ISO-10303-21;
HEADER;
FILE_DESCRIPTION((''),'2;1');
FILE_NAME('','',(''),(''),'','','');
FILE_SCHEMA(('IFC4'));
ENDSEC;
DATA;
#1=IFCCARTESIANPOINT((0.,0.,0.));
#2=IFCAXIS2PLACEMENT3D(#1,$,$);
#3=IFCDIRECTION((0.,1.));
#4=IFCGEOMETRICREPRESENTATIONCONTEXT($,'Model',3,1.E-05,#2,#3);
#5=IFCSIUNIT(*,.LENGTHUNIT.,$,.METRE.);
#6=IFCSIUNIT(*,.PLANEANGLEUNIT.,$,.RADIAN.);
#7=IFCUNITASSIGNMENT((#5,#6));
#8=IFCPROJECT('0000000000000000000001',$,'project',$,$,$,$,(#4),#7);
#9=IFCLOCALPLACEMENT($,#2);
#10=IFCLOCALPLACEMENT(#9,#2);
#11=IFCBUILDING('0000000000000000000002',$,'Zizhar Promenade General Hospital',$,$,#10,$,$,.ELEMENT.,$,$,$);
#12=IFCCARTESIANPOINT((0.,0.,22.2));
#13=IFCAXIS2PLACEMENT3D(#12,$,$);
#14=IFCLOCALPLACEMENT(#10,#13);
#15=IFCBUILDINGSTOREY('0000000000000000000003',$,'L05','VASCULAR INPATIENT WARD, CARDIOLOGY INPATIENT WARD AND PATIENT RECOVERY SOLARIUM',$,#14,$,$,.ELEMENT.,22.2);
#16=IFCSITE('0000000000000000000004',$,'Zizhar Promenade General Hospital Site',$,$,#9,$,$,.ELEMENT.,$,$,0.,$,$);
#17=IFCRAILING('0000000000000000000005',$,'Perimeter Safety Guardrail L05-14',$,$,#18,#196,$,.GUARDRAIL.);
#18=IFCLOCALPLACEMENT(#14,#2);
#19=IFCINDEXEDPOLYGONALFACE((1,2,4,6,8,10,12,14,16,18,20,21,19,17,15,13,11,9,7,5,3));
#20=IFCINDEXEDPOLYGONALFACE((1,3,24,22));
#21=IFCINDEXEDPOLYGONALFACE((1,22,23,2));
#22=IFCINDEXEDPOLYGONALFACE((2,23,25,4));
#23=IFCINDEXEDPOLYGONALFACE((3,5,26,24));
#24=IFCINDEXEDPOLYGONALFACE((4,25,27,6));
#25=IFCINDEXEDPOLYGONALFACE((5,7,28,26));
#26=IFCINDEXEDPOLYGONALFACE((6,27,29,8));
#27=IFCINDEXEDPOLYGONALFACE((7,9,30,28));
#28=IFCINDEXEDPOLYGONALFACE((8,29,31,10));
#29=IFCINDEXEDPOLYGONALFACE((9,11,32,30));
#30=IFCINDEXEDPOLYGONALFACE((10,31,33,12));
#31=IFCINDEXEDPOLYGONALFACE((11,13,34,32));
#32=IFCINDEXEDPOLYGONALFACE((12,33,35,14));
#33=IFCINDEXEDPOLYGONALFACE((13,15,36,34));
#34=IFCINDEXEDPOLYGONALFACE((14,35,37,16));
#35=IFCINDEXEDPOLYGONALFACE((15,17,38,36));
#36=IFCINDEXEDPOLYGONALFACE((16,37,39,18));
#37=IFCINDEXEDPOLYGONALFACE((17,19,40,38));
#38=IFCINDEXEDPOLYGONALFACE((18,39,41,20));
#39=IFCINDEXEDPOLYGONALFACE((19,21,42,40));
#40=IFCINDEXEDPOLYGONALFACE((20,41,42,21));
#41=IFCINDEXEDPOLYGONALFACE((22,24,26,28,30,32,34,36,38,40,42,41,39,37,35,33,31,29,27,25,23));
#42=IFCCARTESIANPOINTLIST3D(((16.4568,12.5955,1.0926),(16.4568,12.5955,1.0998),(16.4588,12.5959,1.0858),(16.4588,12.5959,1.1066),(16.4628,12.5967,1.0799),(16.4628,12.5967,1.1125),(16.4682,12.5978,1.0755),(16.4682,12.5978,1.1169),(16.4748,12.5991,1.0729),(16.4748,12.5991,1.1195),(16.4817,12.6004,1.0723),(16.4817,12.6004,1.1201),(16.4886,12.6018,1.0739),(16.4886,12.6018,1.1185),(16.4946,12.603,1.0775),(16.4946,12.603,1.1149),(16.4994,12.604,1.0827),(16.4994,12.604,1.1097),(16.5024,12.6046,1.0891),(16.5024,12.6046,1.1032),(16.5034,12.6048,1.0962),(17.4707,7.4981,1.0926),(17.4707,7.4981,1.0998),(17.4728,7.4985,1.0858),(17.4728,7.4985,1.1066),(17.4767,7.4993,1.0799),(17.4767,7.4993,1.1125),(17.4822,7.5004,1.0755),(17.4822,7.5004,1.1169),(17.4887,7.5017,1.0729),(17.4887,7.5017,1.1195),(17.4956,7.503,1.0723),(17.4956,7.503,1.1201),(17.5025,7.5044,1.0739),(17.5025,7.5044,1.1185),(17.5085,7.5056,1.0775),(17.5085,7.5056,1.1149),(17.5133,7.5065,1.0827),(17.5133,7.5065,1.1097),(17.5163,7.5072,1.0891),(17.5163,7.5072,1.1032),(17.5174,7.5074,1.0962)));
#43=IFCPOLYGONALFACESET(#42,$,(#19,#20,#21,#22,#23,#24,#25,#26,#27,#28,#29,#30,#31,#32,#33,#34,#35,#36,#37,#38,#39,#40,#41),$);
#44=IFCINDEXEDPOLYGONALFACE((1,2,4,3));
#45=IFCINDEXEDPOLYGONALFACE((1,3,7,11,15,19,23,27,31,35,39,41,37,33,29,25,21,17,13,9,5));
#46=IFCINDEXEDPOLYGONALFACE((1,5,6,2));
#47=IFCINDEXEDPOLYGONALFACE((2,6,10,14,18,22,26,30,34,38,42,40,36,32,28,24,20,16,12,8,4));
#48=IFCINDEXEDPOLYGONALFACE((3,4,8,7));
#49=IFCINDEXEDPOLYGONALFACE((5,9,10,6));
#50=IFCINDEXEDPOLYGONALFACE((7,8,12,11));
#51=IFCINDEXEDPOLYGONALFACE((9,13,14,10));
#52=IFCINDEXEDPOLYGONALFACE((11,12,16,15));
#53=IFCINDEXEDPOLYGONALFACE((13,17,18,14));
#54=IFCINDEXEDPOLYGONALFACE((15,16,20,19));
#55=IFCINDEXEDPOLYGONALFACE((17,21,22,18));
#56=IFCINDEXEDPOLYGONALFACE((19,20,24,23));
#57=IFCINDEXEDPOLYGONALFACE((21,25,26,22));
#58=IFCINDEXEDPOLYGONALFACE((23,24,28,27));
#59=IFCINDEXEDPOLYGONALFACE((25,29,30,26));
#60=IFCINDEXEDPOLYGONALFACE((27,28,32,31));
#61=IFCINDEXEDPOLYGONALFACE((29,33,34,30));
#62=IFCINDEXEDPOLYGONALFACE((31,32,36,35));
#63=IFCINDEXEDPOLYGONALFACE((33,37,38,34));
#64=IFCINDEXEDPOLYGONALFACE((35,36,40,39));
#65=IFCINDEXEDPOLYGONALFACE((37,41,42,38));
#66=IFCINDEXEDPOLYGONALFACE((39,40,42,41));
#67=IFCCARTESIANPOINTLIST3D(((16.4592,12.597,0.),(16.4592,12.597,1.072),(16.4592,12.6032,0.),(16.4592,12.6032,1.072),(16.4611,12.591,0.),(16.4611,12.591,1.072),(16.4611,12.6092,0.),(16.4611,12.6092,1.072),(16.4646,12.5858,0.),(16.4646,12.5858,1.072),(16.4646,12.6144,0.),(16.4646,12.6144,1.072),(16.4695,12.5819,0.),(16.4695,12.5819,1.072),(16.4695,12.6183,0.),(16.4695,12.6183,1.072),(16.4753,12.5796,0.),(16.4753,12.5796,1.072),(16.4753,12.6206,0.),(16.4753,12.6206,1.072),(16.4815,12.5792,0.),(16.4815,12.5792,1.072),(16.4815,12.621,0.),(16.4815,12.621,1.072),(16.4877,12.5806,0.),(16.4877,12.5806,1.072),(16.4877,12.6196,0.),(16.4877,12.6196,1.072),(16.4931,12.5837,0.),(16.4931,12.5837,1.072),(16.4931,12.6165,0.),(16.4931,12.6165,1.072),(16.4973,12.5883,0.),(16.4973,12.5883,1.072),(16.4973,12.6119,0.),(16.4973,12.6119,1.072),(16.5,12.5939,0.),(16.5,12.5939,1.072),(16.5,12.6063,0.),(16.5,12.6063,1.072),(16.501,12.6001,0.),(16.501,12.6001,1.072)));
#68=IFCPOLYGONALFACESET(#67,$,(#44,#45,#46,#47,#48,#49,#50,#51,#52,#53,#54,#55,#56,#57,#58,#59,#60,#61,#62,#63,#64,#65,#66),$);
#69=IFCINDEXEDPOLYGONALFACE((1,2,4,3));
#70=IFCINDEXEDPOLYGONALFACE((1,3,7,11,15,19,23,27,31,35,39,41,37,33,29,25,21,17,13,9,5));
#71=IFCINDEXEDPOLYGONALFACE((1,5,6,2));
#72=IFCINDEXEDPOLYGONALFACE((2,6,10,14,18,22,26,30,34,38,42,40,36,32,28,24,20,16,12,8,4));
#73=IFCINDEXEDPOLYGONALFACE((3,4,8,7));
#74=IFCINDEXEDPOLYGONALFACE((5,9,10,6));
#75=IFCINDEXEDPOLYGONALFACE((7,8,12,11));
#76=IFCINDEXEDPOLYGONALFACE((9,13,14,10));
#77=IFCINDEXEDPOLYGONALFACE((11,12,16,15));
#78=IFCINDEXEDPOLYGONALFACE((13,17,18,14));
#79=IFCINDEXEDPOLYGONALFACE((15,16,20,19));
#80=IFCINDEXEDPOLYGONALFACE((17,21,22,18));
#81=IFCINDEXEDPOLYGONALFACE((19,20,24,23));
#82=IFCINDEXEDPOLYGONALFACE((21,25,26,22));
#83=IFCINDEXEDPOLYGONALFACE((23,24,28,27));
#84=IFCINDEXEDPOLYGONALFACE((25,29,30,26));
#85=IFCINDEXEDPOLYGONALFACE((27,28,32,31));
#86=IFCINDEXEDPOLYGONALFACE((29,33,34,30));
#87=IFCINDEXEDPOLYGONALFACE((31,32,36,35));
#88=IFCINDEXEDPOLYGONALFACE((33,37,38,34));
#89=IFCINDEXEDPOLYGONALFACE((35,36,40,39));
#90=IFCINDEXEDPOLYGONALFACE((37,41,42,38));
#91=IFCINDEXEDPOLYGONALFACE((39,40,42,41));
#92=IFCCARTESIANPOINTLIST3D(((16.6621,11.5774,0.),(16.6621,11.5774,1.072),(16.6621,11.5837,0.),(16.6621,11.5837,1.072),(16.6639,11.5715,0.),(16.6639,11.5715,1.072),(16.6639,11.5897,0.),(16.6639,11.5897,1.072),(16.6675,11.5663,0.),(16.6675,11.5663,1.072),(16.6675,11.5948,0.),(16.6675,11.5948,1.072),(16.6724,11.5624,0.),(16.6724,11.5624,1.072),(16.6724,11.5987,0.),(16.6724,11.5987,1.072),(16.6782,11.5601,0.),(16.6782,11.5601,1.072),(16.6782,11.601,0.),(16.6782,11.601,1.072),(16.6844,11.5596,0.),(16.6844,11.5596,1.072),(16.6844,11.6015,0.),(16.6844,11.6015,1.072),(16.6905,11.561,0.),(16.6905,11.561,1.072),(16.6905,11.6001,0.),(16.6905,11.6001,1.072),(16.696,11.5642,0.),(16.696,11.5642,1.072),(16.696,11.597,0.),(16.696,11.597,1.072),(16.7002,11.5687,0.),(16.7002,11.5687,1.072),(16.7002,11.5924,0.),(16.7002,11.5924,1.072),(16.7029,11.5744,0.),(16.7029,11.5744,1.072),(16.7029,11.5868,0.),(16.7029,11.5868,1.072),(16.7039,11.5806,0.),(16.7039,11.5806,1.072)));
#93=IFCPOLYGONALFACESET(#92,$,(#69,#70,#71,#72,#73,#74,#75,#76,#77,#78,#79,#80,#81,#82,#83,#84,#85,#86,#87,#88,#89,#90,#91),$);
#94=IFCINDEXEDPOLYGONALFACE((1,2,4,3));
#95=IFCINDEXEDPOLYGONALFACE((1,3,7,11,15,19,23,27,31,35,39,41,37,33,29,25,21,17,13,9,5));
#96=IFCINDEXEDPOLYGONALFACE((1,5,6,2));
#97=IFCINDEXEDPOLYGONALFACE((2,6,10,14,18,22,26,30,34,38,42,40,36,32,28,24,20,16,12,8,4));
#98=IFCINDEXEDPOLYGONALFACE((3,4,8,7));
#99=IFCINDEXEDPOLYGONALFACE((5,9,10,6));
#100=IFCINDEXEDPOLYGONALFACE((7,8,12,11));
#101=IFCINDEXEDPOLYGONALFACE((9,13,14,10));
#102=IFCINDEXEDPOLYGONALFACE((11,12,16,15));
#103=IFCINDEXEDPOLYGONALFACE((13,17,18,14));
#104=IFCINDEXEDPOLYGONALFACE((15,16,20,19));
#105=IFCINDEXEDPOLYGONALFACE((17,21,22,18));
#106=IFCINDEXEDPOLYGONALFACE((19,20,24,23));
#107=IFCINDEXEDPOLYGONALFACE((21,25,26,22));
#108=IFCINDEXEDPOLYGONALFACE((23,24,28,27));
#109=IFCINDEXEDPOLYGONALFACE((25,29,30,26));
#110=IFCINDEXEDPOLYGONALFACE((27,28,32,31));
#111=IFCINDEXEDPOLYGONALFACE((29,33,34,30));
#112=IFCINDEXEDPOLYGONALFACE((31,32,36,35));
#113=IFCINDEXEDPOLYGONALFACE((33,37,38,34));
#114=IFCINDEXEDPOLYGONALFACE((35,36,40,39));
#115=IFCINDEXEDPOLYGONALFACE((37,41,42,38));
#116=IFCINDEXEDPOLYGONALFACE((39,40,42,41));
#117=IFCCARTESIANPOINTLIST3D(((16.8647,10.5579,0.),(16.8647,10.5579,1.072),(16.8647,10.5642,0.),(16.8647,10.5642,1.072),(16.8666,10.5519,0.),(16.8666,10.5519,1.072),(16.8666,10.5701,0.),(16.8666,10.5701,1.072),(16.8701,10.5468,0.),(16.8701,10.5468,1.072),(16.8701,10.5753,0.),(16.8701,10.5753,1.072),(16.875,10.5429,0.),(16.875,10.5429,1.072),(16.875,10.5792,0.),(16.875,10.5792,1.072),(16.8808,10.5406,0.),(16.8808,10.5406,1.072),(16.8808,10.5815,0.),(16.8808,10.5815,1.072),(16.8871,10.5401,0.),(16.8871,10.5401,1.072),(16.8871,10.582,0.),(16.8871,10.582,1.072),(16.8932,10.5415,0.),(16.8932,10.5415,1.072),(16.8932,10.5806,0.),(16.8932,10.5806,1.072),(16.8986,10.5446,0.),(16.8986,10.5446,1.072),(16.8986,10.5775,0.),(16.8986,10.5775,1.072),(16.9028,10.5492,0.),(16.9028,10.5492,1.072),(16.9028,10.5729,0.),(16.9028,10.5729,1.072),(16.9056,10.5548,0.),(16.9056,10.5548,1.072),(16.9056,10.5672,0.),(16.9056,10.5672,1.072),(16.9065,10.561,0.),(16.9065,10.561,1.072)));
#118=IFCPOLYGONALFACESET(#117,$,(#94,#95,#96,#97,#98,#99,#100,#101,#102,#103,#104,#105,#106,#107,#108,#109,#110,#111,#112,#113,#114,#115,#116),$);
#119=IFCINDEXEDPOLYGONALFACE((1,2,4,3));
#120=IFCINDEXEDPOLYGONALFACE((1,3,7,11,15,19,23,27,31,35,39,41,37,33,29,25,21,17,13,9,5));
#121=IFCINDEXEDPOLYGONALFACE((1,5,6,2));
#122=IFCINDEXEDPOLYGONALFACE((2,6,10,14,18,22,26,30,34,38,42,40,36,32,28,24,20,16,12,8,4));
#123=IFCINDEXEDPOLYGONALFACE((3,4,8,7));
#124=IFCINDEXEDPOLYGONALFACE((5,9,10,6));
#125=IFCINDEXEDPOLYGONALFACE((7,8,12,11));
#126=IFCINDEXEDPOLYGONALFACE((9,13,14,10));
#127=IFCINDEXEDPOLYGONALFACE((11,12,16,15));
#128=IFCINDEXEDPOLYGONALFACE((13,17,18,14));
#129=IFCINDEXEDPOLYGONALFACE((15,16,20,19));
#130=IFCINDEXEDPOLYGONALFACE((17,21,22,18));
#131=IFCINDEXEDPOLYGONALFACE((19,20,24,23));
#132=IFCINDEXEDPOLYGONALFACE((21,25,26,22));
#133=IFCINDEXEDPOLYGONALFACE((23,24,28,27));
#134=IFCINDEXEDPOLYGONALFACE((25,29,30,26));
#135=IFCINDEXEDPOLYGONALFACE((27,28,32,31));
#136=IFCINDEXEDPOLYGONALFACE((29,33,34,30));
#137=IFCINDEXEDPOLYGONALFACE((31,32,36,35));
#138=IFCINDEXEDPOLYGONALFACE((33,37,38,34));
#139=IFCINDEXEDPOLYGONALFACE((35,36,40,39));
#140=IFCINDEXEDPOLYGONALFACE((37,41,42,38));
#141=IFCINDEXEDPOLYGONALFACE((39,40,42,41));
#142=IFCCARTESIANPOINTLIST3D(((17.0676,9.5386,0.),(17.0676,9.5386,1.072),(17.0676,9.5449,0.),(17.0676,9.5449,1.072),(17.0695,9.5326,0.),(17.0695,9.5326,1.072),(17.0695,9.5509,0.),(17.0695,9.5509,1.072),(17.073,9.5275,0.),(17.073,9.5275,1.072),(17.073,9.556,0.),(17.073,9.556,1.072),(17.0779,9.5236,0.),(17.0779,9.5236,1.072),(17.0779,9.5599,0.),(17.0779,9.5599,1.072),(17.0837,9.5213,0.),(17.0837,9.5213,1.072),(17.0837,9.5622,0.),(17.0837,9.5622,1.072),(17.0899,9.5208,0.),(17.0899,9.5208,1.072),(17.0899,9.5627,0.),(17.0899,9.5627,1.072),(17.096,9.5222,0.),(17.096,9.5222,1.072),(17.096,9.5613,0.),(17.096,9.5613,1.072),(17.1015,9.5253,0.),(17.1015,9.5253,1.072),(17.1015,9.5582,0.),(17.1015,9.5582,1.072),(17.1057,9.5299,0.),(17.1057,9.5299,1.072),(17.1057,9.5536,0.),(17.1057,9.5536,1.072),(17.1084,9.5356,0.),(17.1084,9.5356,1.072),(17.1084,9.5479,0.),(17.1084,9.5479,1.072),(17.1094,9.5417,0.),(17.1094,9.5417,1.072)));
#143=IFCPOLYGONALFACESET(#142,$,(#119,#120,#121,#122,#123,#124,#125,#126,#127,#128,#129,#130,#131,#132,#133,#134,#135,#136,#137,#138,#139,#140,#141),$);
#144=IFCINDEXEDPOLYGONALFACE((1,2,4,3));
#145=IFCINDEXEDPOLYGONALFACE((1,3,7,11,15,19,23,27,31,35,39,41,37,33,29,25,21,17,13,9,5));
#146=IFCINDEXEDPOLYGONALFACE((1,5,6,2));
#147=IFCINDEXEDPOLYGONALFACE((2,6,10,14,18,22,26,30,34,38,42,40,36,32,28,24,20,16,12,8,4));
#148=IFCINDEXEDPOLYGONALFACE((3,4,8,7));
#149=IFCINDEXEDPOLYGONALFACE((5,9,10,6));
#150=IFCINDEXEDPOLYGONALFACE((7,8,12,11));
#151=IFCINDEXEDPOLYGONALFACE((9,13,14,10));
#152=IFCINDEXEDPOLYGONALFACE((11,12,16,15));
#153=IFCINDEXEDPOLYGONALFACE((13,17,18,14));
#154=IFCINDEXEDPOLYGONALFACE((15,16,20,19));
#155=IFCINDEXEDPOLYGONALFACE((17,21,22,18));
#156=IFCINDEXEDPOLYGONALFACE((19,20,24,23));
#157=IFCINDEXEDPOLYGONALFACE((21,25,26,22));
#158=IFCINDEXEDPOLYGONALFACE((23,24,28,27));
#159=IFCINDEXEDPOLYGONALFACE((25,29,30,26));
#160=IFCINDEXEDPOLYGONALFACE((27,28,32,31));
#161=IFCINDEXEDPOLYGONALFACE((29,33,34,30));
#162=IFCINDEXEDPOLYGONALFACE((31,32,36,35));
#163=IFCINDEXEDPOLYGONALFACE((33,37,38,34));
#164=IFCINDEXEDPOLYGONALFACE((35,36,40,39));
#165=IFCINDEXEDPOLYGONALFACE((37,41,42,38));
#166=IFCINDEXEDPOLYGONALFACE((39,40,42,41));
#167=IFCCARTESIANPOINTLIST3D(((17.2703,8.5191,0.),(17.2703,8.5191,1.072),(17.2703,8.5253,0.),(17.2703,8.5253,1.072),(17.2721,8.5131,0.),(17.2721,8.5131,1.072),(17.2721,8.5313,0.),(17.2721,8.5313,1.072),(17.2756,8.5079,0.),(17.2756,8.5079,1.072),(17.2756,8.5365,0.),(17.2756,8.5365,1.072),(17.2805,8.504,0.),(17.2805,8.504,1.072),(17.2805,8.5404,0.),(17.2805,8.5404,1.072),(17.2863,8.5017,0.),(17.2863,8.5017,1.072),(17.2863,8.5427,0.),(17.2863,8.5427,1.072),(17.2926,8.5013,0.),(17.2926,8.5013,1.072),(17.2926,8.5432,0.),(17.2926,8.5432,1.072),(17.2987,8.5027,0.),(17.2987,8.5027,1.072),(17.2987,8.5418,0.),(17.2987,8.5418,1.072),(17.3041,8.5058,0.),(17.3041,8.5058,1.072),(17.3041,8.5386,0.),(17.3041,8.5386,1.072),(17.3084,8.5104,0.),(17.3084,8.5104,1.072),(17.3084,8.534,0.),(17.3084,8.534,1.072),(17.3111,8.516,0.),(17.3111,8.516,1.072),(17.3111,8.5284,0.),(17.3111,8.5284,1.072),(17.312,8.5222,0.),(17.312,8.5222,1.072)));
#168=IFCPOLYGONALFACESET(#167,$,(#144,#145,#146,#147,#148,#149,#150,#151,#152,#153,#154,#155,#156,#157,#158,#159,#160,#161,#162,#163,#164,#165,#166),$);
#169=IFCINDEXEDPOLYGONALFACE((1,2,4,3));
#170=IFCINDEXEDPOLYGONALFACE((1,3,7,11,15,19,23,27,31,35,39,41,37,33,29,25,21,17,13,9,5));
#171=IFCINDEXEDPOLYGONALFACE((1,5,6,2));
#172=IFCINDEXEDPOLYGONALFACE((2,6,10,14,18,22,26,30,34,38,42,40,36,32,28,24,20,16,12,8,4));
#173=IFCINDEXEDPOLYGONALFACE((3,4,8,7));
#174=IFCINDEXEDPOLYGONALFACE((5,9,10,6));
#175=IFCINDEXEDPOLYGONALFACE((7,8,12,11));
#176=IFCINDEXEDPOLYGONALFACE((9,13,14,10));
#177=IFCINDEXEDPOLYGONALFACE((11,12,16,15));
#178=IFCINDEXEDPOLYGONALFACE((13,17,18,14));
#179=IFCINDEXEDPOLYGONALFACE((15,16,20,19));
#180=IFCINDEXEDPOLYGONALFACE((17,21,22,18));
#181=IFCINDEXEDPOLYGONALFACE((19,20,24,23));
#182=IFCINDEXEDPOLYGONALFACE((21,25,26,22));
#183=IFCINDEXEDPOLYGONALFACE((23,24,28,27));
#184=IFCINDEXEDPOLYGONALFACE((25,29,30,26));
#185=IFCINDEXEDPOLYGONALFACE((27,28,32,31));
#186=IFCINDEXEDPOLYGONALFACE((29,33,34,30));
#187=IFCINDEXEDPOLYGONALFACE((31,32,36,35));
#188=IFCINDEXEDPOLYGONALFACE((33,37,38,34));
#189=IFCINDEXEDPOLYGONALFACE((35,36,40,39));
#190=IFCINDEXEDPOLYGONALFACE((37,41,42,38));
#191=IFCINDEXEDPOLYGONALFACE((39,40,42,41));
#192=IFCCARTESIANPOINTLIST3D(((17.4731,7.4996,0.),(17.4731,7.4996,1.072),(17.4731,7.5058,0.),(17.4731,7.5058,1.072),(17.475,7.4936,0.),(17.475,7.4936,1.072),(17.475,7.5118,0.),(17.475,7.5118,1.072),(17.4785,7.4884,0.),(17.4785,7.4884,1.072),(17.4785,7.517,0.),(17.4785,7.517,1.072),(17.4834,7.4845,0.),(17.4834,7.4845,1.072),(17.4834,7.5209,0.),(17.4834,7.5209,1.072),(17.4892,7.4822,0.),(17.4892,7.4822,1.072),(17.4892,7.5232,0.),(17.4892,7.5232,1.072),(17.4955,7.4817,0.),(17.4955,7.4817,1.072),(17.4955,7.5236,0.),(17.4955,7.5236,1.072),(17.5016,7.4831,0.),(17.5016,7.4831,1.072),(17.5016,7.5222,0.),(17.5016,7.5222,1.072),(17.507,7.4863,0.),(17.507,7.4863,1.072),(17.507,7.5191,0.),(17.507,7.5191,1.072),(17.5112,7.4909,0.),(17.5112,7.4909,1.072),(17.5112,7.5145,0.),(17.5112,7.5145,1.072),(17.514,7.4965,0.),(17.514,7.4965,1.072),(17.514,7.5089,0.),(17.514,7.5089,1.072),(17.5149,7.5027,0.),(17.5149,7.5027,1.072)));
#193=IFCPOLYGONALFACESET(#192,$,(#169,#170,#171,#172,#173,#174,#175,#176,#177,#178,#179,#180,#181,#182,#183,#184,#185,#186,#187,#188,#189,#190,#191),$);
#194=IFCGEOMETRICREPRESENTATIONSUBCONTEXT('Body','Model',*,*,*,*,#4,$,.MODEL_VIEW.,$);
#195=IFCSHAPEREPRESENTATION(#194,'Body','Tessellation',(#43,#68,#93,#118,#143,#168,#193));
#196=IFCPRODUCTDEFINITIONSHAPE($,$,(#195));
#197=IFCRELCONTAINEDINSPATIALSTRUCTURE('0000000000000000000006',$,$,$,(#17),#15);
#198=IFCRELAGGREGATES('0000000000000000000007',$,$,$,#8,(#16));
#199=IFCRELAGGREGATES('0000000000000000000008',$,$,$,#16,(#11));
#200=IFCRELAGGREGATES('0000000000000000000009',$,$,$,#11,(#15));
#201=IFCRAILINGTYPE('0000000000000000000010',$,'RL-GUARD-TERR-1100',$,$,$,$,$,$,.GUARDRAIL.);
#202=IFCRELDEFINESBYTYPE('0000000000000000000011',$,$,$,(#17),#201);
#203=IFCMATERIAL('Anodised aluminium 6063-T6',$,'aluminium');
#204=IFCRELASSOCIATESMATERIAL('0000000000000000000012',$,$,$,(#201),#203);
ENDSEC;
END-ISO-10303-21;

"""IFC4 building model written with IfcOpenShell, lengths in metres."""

from ifc_helpers import new_model, si_unit, direction, frame, origin, origin_2d, place, context, subcontext, project, spatial, circle, hollow_circle, extrude, material, material_profile, profile_set, type_object, element, save


model = new_model("IFC4")

# Units and contexts
model_context = context("Model", 3, precision=1e-05, world=origin(), true_north=direction((0.0, 1.0)))
body_context = subcontext(model_context, "Body", "Model", "MODEL_VIEW")
ifc_project = project(units=[si_unit("LENGTHUNIT", "METRE"), si_unit("PLANEANGLEUNIT", "RADIAN")], contexts=[model_context])

# Site, building, storey
site_placement = place(None, origin())
site = spatial("IfcSite", under=ifc_project, at=site_placement, Name="Zizhar Promenade General Hospital Site", CompositionType="ELEMENT", RefElevation=0.0)
building_placement = place(site_placement, origin())
building = spatial("IfcBuilding", under=site, at=building_placement, Name="Zizhar Promenade General Hospital", CompositionType="ELEMENT")
storey_placement = place(building_placement, frame((0.0, 0.0, 22.2)))
storey = spatial("IfcBuildingStorey", under=building, at=storey_placement, Name="L05", Description="VASCULAR INPATIENT WARD, CARDIOLOGY INPATIENT WARD AND PATIENT RECOVERY SOLARIUM", CompositionType="ELEMENT", Elevation=22.2)

# Railing
ifc_material_1 = material(Name="Anodised aluminium 6063-T6", Category="aluminium")
ifc_material_profile_1 = material_profile(ifc_material_1, hollow_circle(Radius=0.0698, WallThickness=0.0063, at=origin_2d()))
ifc_profile_set_1 = profile_set([ifc_material_profile_1], Name="Anodised aluminium 6063-T6")
railing_type = type_object("IfcRailingType", Name="RL-GUARD-TERR-1100", PredefinedType="GUARDRAIL", material=ifc_profile_set_1)
railing_1_placement = place(storey_placement, frame((16.48, 12.6001, 0.0)))
element("IfcRailing", 1, at=railing_1_placement, inside=storey, type_object=railing_type, Name="Perimeter Safety Guardrail L05-14", PredefinedType="GUARDRAIL", context=body_context, shape_type="SweptSolid", body=[
    extrude(circle(Radius=0.0239, at=origin_2d()), frame((0.0, 0.0, 1.0962), z_axis=(0.195086, -0.980786, 0.0), x_axis=(0.980786, 0.195086, 0.0)), (0.0, 0.0, 1.0), 5.1973),
    extrude(circle(Radius=0.021, at=origin_2d()), origin(), (0.0, 0.0, 1.0), 1.072),
    extrude(circle(Radius=0.021, at=origin_2d()), frame((0.2029, -1.0195, 0.0)), (0.0, 0.0, 1.0), 1.072),
    extrude(circle(Radius=0.021, at=origin_2d()), frame((0.4055, -2.0391, 0.0)), (0.0, 0.0, 1.0), 1.072),
    extrude(circle(Radius=0.021, at=origin_2d()), frame((0.6084, -3.0583, 0.0)), (0.0, 0.0, 1.0), 1.072),
    extrude(circle(Radius=0.021, at=origin_2d()), frame((0.811, -4.0779, 0.0)), (0.0, 0.0, 1.0), 1.072),
    extrude(circle(Radius=0.021, at=origin_2d()), frame((1.0139, -5.0974, 0.0)), (0.0, 0.0, 1.0), 1.072),
])

save(model, "model.ifc")
